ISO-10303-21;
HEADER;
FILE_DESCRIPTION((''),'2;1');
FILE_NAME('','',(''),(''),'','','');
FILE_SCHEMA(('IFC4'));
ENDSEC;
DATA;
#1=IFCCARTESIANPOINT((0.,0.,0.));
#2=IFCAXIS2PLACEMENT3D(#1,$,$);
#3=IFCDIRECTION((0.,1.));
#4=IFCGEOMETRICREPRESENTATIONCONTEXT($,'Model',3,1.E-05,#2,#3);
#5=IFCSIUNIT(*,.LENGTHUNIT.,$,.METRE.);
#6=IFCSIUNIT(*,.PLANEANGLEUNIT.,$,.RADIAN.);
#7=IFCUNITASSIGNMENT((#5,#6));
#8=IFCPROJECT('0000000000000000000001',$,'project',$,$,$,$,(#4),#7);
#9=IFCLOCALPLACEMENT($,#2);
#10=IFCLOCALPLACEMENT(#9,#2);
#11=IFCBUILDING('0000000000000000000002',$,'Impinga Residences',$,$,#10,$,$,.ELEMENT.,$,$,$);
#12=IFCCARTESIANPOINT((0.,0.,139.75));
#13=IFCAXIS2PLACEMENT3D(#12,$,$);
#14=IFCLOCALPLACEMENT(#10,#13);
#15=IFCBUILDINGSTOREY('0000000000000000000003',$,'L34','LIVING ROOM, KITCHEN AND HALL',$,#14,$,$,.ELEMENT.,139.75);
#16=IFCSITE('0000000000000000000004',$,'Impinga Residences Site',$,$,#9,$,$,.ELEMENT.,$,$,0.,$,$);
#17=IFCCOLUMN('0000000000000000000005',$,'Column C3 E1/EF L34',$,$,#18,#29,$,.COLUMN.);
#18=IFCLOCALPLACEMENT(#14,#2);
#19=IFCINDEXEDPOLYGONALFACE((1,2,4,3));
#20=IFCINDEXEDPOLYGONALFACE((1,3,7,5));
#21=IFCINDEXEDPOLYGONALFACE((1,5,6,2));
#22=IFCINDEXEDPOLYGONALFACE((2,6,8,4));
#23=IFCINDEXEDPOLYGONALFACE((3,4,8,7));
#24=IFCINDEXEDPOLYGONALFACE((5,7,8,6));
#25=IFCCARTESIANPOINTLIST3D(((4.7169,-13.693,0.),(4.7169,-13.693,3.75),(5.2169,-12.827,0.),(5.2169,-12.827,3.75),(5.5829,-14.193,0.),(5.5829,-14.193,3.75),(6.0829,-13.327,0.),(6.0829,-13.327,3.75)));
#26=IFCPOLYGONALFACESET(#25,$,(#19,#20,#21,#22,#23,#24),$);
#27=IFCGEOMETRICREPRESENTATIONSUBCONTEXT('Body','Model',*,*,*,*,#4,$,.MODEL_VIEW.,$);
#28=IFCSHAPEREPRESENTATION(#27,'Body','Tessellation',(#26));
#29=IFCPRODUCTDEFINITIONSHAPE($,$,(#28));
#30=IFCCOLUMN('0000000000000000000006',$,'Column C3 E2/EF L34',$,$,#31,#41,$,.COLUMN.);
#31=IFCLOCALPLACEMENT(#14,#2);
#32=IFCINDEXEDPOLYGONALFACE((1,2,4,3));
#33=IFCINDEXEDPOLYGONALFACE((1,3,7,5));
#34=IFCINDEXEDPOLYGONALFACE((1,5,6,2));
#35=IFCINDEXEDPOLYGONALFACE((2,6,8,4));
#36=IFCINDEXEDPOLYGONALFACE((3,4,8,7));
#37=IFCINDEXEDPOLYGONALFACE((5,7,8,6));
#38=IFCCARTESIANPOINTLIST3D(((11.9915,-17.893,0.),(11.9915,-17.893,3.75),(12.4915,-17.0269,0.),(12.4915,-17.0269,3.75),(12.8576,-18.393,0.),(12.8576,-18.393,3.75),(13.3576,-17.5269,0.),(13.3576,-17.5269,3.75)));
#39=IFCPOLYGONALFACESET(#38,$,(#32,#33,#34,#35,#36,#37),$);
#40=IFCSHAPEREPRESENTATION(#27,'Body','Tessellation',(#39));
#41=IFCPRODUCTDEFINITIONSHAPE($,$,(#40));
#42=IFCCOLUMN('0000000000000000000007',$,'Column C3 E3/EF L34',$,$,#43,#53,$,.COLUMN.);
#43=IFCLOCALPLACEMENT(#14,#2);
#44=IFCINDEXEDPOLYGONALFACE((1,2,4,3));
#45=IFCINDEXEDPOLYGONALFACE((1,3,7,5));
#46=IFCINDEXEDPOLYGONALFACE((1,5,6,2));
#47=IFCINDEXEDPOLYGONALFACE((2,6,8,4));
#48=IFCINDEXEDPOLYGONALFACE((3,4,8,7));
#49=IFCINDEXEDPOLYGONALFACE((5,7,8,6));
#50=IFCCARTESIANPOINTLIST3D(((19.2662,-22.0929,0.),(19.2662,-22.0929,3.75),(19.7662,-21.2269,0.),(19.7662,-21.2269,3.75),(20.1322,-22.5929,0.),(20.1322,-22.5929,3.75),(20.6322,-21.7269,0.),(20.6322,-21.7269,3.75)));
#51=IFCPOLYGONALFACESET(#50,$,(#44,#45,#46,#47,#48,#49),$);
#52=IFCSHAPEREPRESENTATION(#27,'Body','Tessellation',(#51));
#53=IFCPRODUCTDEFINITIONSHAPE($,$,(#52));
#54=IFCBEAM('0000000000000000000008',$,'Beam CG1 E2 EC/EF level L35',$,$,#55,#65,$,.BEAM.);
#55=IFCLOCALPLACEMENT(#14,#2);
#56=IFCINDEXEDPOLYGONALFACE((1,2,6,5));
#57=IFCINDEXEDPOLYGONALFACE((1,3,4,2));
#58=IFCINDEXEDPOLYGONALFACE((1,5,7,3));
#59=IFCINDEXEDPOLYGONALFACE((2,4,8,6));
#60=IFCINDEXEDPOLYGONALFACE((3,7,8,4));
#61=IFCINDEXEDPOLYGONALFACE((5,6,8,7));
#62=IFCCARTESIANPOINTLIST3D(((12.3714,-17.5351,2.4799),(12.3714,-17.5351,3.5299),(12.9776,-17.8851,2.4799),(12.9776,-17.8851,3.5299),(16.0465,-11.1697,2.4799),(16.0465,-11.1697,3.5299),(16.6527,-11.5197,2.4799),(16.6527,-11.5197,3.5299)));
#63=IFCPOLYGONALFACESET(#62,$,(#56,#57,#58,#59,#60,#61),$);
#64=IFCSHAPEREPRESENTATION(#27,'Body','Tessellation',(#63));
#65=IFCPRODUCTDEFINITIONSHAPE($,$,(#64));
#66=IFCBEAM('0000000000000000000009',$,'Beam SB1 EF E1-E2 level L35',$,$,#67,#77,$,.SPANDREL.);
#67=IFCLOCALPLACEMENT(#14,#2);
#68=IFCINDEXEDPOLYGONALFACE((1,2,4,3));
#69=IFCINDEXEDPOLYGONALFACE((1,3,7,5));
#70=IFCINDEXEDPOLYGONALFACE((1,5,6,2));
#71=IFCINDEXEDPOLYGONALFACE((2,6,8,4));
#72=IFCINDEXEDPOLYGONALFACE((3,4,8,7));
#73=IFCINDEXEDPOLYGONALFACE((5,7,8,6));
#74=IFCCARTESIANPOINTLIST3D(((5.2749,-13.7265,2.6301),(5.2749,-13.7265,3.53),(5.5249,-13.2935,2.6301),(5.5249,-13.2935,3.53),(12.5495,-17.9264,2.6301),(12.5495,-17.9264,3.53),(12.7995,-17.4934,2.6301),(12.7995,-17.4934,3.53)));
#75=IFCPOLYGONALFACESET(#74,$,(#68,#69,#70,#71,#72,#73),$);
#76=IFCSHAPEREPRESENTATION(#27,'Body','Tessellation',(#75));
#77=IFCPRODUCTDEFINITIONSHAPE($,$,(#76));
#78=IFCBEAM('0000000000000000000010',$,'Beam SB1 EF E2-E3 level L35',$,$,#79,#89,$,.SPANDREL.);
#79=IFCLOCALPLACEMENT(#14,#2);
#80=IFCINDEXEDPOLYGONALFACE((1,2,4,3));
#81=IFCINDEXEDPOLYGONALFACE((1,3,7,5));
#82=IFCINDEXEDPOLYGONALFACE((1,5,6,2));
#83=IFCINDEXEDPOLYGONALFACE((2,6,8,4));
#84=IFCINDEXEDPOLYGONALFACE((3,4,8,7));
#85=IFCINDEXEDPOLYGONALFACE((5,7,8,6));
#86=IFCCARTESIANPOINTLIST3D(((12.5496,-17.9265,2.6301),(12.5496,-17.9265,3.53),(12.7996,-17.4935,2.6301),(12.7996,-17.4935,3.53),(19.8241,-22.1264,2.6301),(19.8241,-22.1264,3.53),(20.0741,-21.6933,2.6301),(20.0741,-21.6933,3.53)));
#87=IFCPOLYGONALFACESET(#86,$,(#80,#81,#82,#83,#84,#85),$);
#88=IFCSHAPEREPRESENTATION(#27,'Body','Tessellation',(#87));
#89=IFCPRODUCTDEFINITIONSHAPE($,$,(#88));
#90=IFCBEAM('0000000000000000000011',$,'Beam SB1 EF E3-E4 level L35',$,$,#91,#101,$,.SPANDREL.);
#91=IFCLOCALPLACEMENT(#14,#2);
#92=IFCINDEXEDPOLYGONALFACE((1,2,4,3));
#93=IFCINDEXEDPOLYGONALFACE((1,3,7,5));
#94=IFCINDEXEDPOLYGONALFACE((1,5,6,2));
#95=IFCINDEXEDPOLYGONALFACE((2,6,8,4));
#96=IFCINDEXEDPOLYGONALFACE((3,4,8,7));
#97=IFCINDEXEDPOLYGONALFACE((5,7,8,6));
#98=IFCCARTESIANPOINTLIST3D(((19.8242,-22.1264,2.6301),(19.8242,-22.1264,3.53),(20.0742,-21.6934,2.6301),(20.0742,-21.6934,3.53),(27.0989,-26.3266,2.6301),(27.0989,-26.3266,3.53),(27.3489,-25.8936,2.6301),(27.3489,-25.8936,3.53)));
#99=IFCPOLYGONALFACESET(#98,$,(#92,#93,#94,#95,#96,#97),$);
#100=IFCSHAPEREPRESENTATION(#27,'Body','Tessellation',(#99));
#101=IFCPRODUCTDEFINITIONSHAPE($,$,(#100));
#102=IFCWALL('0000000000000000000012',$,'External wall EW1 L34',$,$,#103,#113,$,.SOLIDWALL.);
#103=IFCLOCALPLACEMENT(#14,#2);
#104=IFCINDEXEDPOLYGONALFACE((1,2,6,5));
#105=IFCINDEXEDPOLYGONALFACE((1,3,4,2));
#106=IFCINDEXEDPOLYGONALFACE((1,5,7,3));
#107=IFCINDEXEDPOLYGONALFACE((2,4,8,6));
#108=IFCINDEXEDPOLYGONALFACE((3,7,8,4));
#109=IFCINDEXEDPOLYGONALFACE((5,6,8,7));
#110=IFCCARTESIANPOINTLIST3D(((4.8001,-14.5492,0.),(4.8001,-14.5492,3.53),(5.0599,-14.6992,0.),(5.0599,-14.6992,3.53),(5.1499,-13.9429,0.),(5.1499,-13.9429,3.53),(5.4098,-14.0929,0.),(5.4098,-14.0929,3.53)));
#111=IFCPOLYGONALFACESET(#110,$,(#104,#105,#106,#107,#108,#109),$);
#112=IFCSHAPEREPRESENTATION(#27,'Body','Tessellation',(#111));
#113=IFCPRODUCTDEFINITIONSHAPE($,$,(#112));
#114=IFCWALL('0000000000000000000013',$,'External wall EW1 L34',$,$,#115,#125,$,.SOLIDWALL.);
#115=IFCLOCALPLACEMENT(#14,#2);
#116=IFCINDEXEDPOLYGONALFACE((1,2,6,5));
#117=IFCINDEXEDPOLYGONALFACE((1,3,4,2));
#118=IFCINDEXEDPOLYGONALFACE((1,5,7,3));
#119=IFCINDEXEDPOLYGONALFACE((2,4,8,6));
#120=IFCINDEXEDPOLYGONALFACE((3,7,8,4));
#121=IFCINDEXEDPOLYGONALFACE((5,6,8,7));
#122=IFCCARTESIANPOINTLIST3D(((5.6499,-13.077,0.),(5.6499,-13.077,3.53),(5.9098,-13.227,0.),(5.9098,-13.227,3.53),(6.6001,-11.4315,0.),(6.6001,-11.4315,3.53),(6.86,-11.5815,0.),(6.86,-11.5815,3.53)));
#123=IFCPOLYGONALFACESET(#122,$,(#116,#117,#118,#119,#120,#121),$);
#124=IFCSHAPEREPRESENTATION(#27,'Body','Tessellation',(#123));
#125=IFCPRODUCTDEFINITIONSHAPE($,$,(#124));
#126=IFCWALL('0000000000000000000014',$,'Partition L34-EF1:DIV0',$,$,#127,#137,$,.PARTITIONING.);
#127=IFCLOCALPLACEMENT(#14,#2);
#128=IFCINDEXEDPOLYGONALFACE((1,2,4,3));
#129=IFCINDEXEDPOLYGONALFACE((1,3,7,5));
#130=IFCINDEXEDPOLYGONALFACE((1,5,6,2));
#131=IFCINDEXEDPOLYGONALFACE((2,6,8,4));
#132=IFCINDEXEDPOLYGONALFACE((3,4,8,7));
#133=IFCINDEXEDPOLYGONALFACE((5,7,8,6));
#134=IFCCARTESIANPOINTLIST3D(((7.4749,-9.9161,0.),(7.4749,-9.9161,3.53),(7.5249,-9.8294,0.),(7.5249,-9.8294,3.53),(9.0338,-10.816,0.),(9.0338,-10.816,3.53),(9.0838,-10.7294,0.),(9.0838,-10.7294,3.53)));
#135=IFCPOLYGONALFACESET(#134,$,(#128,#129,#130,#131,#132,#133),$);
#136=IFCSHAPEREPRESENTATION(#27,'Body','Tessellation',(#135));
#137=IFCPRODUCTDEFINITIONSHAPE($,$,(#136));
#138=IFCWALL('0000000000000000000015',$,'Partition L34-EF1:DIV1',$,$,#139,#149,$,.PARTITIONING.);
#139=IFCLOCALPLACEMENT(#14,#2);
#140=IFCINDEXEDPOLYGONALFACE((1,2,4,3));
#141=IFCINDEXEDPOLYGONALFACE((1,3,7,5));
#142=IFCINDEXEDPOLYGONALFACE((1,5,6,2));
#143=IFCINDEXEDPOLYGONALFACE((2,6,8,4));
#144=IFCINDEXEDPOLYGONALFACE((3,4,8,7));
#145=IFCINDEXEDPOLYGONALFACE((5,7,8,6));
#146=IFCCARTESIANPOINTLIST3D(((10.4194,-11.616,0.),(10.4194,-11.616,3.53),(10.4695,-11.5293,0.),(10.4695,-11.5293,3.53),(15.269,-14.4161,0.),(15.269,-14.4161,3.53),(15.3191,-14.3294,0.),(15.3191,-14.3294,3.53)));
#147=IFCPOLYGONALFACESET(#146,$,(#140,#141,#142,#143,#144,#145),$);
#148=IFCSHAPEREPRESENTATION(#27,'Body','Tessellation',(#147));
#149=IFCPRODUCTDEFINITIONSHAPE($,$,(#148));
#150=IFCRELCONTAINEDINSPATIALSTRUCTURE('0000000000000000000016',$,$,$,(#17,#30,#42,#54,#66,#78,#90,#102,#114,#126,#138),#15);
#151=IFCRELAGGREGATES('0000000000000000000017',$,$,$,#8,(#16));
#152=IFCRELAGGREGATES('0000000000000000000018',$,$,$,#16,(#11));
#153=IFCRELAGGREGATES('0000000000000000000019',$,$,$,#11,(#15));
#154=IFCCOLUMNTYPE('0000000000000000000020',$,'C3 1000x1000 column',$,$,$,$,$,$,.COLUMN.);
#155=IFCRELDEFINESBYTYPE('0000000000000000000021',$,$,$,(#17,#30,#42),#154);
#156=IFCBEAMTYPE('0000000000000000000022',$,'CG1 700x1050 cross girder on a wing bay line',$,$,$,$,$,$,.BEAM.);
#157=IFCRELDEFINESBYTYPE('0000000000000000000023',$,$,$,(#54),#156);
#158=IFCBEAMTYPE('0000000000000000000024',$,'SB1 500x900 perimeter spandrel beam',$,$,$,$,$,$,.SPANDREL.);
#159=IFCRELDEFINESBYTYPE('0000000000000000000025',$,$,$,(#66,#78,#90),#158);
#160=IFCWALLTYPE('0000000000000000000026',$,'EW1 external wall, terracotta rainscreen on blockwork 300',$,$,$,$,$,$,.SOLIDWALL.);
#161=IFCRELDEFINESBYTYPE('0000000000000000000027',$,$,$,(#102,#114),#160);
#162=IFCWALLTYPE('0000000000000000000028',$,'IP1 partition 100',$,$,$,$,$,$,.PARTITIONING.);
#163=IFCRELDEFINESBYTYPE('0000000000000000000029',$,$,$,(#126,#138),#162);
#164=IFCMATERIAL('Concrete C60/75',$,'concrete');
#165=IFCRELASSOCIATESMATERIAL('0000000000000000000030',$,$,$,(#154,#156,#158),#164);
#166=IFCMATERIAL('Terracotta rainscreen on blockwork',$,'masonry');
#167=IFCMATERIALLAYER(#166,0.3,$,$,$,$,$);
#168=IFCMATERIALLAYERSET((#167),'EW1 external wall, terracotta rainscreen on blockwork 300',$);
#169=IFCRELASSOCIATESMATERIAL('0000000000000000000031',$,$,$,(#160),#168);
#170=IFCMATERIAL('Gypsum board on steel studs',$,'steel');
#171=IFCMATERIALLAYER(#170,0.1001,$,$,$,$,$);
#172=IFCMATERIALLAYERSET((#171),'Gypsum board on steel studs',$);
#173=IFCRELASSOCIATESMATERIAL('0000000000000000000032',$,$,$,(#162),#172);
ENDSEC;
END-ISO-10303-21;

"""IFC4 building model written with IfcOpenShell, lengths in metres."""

from ifc_helpers import new_model, si_unit, direction, frame, frame_2d, origin, origin_2d, place, context, subcontext, project, spatial, rectangle, extrude, material, layer, layer_set, material_profile, profile_set, type_object, element, save


model = new_model("IFC4")

# Units and contexts
model_context = context("Model", 3, precision=1e-05, world=origin(), true_north=direction((0.0, 1.0)))
body_context = subcontext(model_context, "Body", "Model", "MODEL_VIEW")
ifc_project = project(units=[si_unit("LENGTHUNIT", "METRE"), si_unit("PLANEANGLEUNIT", "RADIAN")], contexts=[model_context])

# Site, building, storey
site_placement = place(None, origin())
site = spatial("IfcSite", under=ifc_project, at=site_placement, Name="Impinga Residences Site", CompositionType="ELEMENT", RefElevation=0.0)
building_placement = place(site_placement, origin())
building = spatial("IfcBuilding", under=site, at=building_placement, Name="Impinga Residences", CompositionType="ELEMENT")
storey_placement = place(building_placement, frame((0.0, 0.0, 139.75)))
storey = spatial("IfcBuildingStorey", under=building, at=storey_placement, Name="L34", Description="LIVING ROOM, KITCHEN AND HALL", CompositionType="ELEMENT", Elevation=139.75)

# Columns
ifc_material_1 = material(Name="Concrete C60/75", Category="concrete")
ifc_material_profile_1 = material_profile(ifc_material_1, rectangle(XDim=1.0, YDim=1.0, at=origin_2d()), Name="RC 1000x1000")
ifc_profile_set_1 = profile_set([ifc_material_profile_1], Name="Concrete C60/75")
column_type = type_object("IfcColumnType", Name="C3 1000x1000 column", PredefinedType="COLUMN", material=ifc_profile_set_1)
for number, where, z_axis, x_axis, name in (
    (1, (5.3999, -13.51, 0.0), (0.0, 0.0, 1.0), (-0.5, -0.866025, 0.0), "Column C3 E1/EF L34"),
    (2, (12.6746, -17.71, 0.0), (0.0, 0.0, 1.0), (-0.5, -0.866025, 0.0), "Column C3 E2/EF L34"),
    (3, (19.9492, -21.9099, 0.0), (0.0, 0.0, 1.0), (-0.5, -0.866025, 0.0), "Column C3 E3/EF L34"),
):
    element("IfcColumn", number, at=place(storey_placement, frame(where, z_axis=z_axis, x_axis=x_axis)), inside=storey, type_object=column_type, Name=name, PredefinedType="COLUMN", context=body_context, shape_type="SweptSolid", body=[
        extrude(rectangle(XDim=1.0, YDim=1.0, at=origin_2d()), origin(), (0.0, 0.0, 1.0), 3.75),
    ])

# Beams
ifc_material_profile_2 = material_profile(ifc_material_1, rectangle(XDim=0.7, YDim=1.05, at=origin_2d()), Name="RC 700x1050")
ifc_profile_set_2 = profile_set([ifc_material_profile_2], Name="Concrete C60/75")
beam_type_1 = type_object("IfcBeamType", Name="CG1 700x1050 cross girder on a wing bay line", PredefinedType="BEAM", material=ifc_profile_set_2)
beam_1_placement = place(storey_placement, frame((16.3496, -11.3447, 3.0049), z_axis=(-0.500008, -0.866021, 0.0), x_axis=(0.866021, -0.500008, 0.0)))
element("IfcBeam", 4, at=beam_1_placement, inside=storey, type_object=beam_type_1, Name="Beam CG1 E2 EC/EF level L35", PredefinedType="BEAM", context=body_context, shape_type="SweptSolid", body=[
    extrude(rectangle(XDim=0.7, YDim=1.05, at=origin_2d()), origin(), (0.0, 0.0, 1.0), 7.3501),
])
ifc_material_profile_3 = material_profile(ifc_material_1, rectangle(XDim=0.5, YDim=0.8999, at=origin_2d()), Name="RC 500x900")
ifc_profile_set_3 = profile_set([ifc_material_profile_3], Name="Concrete C60/75")
beam_type_2 = type_object("IfcBeamType", Name="SB1 500x900 perimeter spandrel beam", PredefinedType="SPANDREL", material=ifc_profile_set_3)
for number, where, z_axis, x_axis, name in (
    (5, (5.3999, -13.51, 3.0801), (0.866029, -0.499993, 0.0), (0.499993, 0.866029, 0.0), "Beam SB1 EF E1-E2 level L35"),
    (6, (12.6746, -17.71, 3.0801), (0.866029, -0.499993, 0.0), (0.499993, 0.866029, 0.0), "Beam SB1 EF E2-E3 level L35"),
):
    element("IfcBeam", number, at=place(storey_placement, frame(where, z_axis=z_axis, x_axis=x_axis)), inside=storey, type_object=beam_type_2, Name=name, PredefinedType="SPANDREL", context=body_context, shape_type="SweptSolid", body=[
        extrude(rectangle(XDim=0.5, YDim=0.8999, at=origin_2d()), origin(), (0.0, 0.0, 1.0), 8.3999),
    ])
beam_2_placement = place(storey_placement, frame((19.9492, -21.9099, 3.0801), z_axis=(0.866017, -0.500015, 0.0), x_axis=(0.500015, 0.866017, 0.0)))
element("IfcBeam", 7, at=beam_2_placement, inside=storey, type_object=beam_type_2, Name="Beam SB1 EF E3-E4 level L35", PredefinedType="SPANDREL", context=body_context, shape_type="SweptSolid", body=[
    extrude(rectangle(XDim=0.5, YDim=0.8999, at=origin_2d()), origin(), (0.0, 0.0, 1.0), 8.4001),
])

# Walls
ifc_material_2 = material(Name="Terracotta rainscreen on blockwork", Category="masonry")
ifc_layer_1 = layer(ifc_material_2, 0.3)
ifc_layer_set_1 = layer_set([ifc_layer_1], Name="EW1 external wall, terracotta rainscreen on blockwork 300")
wall_type_1 = type_object("IfcWallType", Name="EW1 external wall, terracotta rainscreen on blockwork 300", PredefinedType="SOLIDWALL", material=ifc_layer_set_1)
wall_1_placement = place(storey_placement, frame((4.9299, -14.6243, 0.0), z_axis=(0.0, 0.0, 1.0), x_axis=(0.499853, 0.86611, 0.0)))
element("IfcWall", 8, at=wall_1_placement, inside=storey, type_object=wall_type_1, Name="External wall EW1 L34", PredefinedType="SOLIDWALL", context=body_context, shape_type="SweptSolid", body=[
    extrude(rectangle(XDim=0.7, YDim=0.3, at=frame_2d((0.3501, 0.0))), origin(), (0.0, 0.0, 1.0), 3.53),
])
wall_2_placement = place(storey_placement, frame((5.7798, -13.1521, 0.0), z_axis=(0.0, 0.0, 1.0), x_axis=(0.500064, 0.865989, 0.0)))
element("IfcWall", 9, at=wall_2_placement, inside=storey, type_object=wall_type_1, Name="External wall EW1 L34", PredefinedType="SOLIDWALL", context=body_context, shape_type="SweptSolid", body=[
    extrude(rectangle(XDim=1.9001, YDim=0.3, at=frame_2d((0.9502, 0.0))), origin(), (0.0, 0.0, 1.0), 3.53),
])
ifc_material_3 = material(Name="Gypsum board on steel studs", Category="steel")
ifc_layer_2 = layer(ifc_material_3, 0.1001)
ifc_layer_set_2 = layer_set([ifc_layer_2], Name="Gypsum board on steel studs")
wall_type_2 = type_object("IfcWallType", Name="IP1 partition 100", PredefinedType="PARTITIONING", material=ifc_layer_set_2)
wall_3_placement = place(storey_placement, frame((7.5, -9.8728, 0.0), z_axis=(0.0, 0.0, 1.0), x_axis=(0.866048, -0.499961, 0.0)))
element("IfcWall", 10, at=wall_3_placement, inside=storey, type_object=wall_type_2, Name="Partition L34-EF1:DIV0", PredefinedType="PARTITIONING", context=body_context, shape_type="SweptSolid", body=[
    extrude(rectangle(XDim=1.8, YDim=0.1001, at=frame_2d((0.8999, 0.0))), origin(), (0.0, 0.0, 1.0), 3.53),
])
wall_4_placement = place(storey_placement, frame((10.4446, -11.5728, 0.0), z_axis=(0.0, 0.0, 1.0), x_axis=(0.866016, -0.500017, 0.0)))
element("IfcWall", 11, at=wall_4_placement, inside=storey, type_object=wall_type_2, Name="Partition L34-EF1:DIV1", PredefinedType="PARTITIONING", context=body_context, shape_type="SweptSolid", body=[
    extrude(rectangle(XDim=5.5999, YDim=0.1001, at=frame_2d((2.7998, 0.0))), origin(), (0.0, 0.0, 1.0), 3.53),
])

save(model, "model.ifc")
